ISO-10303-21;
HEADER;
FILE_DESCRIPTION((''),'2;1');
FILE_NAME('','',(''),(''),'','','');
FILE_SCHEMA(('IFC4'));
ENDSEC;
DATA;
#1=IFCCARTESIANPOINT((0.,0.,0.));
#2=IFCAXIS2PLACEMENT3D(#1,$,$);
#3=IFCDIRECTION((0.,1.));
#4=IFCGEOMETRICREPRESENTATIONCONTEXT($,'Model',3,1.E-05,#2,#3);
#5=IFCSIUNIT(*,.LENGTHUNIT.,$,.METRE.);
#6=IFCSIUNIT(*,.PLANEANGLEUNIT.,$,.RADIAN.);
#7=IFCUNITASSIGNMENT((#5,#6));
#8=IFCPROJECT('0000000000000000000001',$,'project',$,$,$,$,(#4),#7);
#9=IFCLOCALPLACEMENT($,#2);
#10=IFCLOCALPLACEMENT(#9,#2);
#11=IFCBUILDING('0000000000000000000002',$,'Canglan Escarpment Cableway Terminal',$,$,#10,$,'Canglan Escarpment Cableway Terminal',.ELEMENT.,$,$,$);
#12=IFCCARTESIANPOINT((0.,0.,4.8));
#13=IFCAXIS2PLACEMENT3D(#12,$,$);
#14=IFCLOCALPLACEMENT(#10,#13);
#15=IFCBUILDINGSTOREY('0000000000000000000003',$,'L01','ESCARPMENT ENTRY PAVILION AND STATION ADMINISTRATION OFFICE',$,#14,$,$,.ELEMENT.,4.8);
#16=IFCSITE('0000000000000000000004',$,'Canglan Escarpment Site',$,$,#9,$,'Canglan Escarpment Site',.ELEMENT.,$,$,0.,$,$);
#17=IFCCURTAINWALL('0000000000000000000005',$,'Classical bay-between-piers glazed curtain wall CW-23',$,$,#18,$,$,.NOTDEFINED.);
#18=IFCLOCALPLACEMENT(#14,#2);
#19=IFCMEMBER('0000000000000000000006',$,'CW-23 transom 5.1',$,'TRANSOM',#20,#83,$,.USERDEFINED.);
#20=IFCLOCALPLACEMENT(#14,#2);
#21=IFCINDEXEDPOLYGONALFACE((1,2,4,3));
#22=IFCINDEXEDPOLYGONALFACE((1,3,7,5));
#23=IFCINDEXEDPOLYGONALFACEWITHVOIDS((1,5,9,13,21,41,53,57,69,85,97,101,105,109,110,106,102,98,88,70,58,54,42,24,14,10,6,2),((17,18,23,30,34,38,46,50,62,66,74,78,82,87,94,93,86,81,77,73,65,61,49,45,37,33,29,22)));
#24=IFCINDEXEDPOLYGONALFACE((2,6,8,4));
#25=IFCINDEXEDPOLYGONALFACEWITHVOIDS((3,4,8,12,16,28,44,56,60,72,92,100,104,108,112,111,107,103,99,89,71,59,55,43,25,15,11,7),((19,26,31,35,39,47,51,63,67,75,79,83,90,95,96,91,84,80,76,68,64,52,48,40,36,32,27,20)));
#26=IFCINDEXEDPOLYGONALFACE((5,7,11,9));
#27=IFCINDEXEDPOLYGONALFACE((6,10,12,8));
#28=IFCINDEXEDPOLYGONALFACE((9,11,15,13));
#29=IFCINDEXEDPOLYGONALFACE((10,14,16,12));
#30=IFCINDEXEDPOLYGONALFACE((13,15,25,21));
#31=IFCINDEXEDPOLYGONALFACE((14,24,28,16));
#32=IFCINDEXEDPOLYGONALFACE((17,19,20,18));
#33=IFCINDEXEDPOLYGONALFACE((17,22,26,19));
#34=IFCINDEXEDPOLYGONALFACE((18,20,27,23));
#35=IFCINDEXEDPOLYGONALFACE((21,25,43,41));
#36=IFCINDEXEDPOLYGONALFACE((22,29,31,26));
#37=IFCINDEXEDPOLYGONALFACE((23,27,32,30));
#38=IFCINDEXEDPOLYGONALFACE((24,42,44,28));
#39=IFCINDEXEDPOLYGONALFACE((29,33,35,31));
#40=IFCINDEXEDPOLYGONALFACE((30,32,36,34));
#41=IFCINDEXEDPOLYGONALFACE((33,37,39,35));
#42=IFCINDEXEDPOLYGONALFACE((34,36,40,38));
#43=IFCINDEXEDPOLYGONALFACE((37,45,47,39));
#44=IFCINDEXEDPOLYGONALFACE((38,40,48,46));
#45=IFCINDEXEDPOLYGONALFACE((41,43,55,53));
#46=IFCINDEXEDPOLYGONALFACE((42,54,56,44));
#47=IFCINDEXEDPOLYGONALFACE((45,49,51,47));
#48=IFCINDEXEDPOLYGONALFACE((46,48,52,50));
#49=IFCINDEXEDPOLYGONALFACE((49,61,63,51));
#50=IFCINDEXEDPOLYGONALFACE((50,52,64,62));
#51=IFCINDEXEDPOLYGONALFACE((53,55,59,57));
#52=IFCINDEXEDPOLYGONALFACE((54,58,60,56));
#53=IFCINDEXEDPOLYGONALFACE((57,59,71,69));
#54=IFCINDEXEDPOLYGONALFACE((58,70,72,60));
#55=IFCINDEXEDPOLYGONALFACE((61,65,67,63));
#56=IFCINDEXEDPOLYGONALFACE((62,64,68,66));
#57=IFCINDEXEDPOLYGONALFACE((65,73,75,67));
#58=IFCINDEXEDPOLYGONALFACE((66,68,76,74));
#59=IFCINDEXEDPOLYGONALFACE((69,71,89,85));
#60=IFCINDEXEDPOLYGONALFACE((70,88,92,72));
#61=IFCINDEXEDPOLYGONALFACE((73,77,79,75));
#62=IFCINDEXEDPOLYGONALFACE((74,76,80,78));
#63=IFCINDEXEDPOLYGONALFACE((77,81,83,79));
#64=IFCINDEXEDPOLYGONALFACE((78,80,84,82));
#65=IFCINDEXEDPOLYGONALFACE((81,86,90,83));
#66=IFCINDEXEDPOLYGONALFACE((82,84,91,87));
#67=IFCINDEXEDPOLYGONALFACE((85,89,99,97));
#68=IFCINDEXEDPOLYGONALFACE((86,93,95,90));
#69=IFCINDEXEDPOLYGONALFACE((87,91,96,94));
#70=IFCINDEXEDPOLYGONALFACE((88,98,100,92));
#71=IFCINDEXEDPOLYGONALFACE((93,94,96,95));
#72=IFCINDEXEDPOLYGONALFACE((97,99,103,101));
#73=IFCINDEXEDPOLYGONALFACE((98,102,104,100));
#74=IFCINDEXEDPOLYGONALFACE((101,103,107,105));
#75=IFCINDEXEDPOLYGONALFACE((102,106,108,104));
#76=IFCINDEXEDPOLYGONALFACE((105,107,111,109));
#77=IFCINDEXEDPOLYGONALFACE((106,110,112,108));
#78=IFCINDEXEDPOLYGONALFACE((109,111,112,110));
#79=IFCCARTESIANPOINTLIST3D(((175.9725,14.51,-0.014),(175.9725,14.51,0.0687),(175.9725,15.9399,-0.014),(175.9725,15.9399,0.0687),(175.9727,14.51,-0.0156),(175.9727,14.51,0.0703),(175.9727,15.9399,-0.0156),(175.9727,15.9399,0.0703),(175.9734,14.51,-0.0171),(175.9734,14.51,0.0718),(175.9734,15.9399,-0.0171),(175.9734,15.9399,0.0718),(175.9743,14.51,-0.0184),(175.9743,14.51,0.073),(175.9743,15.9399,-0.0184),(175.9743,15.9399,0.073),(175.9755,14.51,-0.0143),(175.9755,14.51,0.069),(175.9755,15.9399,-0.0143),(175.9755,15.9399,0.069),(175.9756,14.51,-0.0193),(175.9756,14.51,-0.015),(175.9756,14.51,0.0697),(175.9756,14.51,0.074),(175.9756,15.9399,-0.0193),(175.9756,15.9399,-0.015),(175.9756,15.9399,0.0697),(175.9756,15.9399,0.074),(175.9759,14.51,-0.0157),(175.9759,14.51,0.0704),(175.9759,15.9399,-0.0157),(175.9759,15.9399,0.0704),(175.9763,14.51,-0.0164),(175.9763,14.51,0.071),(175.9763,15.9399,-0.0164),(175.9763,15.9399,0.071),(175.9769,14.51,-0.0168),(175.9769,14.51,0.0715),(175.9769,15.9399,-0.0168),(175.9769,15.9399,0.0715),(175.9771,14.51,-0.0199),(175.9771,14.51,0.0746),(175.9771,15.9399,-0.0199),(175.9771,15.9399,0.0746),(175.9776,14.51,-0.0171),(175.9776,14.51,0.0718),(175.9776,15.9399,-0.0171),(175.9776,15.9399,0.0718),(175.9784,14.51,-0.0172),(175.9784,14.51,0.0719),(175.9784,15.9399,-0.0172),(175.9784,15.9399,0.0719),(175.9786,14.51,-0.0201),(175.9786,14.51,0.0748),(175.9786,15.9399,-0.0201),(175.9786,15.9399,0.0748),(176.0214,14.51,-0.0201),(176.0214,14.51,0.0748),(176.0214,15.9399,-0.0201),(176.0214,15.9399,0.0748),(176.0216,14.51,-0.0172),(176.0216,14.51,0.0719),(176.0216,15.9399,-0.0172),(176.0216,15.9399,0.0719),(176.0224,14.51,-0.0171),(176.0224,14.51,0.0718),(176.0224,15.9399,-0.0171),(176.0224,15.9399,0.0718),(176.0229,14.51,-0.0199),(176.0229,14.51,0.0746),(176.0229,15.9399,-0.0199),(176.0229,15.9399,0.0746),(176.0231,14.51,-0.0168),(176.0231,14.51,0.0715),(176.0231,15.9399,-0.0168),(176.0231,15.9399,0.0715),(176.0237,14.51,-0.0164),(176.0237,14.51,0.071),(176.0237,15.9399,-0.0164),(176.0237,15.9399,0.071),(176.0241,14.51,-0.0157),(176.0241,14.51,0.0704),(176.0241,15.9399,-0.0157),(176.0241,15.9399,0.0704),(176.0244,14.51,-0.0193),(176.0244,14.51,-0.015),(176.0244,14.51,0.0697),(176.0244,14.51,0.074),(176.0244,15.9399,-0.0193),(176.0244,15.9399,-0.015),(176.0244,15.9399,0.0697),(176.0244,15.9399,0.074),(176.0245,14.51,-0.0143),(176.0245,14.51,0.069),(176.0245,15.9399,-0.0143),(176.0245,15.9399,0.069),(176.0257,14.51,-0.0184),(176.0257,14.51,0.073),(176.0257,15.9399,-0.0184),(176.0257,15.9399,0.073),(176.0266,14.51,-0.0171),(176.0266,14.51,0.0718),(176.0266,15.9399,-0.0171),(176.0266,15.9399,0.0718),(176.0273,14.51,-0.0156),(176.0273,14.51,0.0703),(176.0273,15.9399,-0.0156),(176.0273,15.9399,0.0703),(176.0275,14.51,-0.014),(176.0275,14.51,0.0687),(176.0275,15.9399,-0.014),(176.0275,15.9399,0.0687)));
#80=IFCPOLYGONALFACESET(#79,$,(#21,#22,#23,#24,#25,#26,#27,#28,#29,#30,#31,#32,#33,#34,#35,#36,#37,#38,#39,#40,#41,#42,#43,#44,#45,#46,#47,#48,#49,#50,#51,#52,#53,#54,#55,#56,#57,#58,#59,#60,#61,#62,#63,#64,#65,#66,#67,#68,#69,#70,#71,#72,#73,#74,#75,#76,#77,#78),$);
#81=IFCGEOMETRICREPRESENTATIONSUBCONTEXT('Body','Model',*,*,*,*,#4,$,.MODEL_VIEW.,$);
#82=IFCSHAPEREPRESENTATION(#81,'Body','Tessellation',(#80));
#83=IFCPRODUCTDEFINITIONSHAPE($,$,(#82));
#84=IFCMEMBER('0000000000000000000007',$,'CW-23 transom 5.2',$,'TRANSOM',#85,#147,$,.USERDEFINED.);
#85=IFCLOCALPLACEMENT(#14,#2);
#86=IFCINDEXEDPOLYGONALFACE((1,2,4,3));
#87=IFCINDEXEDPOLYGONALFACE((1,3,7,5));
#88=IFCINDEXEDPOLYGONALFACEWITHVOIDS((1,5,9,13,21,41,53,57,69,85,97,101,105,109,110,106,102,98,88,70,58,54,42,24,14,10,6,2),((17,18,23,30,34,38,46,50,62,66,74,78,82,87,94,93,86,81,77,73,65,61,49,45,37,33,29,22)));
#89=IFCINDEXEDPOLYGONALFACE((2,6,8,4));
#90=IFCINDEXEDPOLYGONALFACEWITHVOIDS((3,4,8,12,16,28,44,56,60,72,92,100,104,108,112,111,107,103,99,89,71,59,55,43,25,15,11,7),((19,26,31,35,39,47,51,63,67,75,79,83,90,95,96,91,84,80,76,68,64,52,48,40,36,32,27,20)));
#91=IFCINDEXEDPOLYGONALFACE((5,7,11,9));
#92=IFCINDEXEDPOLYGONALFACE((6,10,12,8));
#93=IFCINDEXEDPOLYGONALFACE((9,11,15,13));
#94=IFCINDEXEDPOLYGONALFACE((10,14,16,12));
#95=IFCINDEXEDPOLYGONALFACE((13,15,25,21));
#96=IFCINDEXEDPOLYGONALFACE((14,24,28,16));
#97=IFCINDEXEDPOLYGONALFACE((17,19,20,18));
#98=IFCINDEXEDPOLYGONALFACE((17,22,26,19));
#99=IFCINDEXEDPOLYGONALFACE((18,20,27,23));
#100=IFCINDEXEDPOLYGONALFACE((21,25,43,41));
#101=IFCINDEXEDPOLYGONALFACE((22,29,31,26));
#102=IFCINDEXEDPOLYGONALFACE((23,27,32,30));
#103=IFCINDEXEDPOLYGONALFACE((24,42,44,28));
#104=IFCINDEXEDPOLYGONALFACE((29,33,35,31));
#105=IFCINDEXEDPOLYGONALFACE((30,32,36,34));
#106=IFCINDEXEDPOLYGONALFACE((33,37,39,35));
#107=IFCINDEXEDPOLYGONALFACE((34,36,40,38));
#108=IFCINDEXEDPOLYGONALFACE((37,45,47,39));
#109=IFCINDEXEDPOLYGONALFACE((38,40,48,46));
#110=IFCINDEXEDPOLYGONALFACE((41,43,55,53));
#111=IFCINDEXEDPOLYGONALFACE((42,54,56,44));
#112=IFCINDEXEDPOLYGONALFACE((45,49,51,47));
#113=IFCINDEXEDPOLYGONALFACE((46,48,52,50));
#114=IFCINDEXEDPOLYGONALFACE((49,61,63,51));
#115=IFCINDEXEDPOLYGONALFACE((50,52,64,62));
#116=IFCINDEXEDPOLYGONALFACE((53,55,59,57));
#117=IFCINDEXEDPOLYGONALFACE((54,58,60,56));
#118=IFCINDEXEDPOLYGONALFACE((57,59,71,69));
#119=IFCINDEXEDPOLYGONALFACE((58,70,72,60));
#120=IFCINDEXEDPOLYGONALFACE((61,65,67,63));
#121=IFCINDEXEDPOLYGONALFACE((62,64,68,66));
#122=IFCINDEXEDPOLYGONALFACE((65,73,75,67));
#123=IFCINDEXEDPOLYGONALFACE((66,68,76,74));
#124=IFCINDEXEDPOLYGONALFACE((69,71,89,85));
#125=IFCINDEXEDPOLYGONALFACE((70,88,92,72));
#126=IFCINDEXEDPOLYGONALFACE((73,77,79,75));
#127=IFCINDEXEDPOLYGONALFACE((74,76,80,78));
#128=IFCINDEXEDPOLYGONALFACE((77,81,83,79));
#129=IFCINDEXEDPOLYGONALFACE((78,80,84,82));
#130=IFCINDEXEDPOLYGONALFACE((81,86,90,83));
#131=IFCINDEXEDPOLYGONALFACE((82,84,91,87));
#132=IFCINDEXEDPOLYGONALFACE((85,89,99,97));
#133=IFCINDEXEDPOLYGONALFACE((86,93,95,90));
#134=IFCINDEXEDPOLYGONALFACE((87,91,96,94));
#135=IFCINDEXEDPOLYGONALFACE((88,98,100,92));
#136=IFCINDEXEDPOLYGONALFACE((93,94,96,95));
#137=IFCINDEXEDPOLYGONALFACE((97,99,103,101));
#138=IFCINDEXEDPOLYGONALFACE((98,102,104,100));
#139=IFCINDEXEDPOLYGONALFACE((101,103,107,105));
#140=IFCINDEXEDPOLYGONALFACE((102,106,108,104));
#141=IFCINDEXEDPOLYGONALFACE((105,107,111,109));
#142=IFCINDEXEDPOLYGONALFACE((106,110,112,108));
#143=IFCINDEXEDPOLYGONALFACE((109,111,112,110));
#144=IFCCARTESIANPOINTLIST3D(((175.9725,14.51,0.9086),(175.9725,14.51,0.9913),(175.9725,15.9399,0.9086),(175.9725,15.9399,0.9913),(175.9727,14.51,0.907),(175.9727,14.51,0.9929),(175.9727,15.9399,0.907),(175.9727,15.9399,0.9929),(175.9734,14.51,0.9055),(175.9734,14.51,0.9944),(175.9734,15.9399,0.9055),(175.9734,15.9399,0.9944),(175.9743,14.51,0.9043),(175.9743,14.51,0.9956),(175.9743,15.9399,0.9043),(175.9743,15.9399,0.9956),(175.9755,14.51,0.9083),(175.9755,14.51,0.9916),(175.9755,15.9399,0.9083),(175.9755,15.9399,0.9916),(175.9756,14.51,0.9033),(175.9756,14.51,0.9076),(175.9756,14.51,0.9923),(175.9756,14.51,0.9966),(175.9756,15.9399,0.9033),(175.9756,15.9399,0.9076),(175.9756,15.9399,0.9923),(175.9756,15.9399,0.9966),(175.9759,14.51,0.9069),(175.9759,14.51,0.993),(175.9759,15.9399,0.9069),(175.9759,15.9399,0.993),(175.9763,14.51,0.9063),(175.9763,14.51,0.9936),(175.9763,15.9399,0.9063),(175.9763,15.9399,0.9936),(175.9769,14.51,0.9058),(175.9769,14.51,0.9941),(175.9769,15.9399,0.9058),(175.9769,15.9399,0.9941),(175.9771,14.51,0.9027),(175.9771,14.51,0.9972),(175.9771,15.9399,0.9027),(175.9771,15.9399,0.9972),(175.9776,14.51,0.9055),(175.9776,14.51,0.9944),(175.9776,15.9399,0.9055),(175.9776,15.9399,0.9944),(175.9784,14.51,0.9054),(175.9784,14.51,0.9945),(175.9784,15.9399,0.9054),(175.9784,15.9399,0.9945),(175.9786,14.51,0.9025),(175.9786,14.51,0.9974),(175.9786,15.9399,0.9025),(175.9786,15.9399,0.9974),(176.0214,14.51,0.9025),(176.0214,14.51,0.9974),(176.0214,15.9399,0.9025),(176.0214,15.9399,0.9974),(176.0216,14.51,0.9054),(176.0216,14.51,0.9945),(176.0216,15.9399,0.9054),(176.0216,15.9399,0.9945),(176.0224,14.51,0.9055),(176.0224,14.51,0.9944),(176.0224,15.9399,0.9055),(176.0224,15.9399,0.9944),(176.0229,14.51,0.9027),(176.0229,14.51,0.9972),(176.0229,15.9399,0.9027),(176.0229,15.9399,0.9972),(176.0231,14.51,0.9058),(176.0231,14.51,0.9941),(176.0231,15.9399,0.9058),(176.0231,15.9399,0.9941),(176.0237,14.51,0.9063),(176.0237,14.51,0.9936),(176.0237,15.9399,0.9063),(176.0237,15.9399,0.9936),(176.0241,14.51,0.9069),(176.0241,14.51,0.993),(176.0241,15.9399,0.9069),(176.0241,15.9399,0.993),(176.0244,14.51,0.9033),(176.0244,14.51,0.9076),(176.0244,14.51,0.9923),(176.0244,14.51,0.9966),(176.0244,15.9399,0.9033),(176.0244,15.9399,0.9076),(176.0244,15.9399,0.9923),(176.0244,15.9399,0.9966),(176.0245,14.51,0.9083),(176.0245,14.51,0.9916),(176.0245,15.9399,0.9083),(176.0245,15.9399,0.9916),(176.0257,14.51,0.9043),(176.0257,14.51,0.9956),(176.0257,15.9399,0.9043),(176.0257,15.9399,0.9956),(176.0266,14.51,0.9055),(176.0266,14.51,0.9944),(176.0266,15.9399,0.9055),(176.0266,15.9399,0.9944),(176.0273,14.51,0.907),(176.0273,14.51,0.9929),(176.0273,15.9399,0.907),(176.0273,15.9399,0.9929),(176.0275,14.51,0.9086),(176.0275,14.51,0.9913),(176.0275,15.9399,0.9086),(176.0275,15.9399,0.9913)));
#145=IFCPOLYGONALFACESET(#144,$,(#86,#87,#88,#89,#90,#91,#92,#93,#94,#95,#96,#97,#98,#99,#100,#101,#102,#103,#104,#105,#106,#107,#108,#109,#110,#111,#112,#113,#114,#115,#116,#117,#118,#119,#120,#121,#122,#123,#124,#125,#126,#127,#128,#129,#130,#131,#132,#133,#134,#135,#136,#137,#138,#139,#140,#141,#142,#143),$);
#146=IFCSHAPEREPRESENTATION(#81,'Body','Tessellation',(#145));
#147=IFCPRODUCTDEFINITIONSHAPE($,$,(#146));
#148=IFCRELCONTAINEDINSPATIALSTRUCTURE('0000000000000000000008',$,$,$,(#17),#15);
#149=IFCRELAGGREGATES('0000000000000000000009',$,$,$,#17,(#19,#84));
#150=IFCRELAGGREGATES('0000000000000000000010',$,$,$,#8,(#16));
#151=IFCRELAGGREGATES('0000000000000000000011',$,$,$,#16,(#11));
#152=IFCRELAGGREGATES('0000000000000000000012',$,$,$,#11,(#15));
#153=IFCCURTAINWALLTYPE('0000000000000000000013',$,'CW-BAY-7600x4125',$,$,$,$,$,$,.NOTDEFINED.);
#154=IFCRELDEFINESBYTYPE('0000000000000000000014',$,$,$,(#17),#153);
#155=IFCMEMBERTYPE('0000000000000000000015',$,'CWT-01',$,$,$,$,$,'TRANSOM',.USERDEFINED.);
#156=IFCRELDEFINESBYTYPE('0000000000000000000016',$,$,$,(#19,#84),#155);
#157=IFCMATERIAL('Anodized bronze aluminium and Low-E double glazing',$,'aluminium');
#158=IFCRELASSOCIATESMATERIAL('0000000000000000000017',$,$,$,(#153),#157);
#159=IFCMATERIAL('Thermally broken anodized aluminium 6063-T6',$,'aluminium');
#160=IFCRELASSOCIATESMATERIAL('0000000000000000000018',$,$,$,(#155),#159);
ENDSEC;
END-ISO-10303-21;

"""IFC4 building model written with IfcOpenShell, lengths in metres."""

from ifc_helpers import new_model, si_unit, direction, frame, origin, origin_2d, place, context, subcontext, project, spatial, hollow_rectangle, extrude, material, material_profile, profile_set, type_object, element, aggregate, save


model = new_model("IFC4")

# Units and contexts
model_context = context("Model", 3, precision=1e-05, world=origin(), true_north=direction((0.0, 1.0)))
body_context = subcontext(model_context, "Body", "Model", "MODEL_VIEW")
ifc_project = project(units=[si_unit("LENGTHUNIT", "METRE"), si_unit("PLANEANGLEUNIT", "RADIAN")], contexts=[model_context])

# Site, building, storey
site_placement = place(None, origin())
site = spatial("IfcSite", under=ifc_project, at=site_placement, Name="Canglan Escarpment Site", LongName="Canglan Escarpment Site", CompositionType="ELEMENT", RefElevation=0.0)
building_placement = place(site_placement, origin())
building = spatial("IfcBuilding", under=site, at=building_placement, Name="Canglan Escarpment Cableway Terminal", LongName="Canglan Escarpment Cableway Terminal", CompositionType="ELEMENT")
storey_placement = place(building_placement, frame((0.0, 0.0, 4.8)))
storey = spatial("IfcBuildingStorey", under=building, at=storey_placement, Name="L01", Description="ESCARPMENT ENTRY PAVILION AND STATION ADMINISTRATION OFFICE", CompositionType="ELEMENT", Elevation=4.8)

# Curtain wall, members
ifc_material_1 = material(Name="Anodized bronze aluminium and Low-E double glazing", Category="aluminium")
curtain_wall_type = type_object("IfcCurtainWallType", Name="CW-BAY-7600x4125", PredefinedType="NOTDEFINED", material=ifc_material_1)
curtain_wall_placement = place(storey_placement, origin())
curtain_wall = element("IfcCurtainWall", 1, at=curtain_wall_placement, inside=storey, type_object=curtain_wall_type, Name="Classical bay-between-piers glazed curtain wall CW-23", PredefinedType="NOTDEFINED")
ifc_material_2 = material(Name="Thermally broken anodized aluminium 6063-T6", Category="aluminium")
ifc_material_profile_1 = material_profile(ifc_material_2, hollow_rectangle(XDim=0.0549, YDim=0.095, WallThickness=0.0029, InnerFilletRadius=0.0029, OuterFilletRadius=0.0061, at=origin_2d()), Name="ALU-TRAN 55x95x3")
ifc_profile_set_1 = profile_set([ifc_material_profile_1], Name="Thermally broken anodized aluminium 6063-T6")
member_type_1 = type_object("IfcMemberType", Name="CWT-01", ElementType="TRANSOM", PredefinedType="USERDEFINED", material=ifc_profile_set_1)
member_1_placement = place(storey_placement, frame((176.0, 14.51, 0.0273), z_axis=(0.0, 1.0, 0.0), x_axis=(-1.0, 0.0, 0.0)))
member_1 = element("IfcMember", 2, at=member_1_placement, type_object=member_type_1, Name="CW-23 transom 5.1", ObjectType="TRANSOM", PredefinedType="USERDEFINED", context=body_context, shape_type="SweptSolid", body=[
    extrude(hollow_rectangle(XDim=0.0549, YDim=0.095, WallThickness=0.0029, InnerFilletRadius=0.0029, OuterFilletRadius=0.0061, at=origin_2d()), origin(), (0.0, 0.0, 1.0), 1.4299),
])
member_2_placement = place(storey_placement, frame((176.0, 14.51, 0.95), z_axis=(0.0, 1.0, 0.0), x_axis=(-1.0, 0.0, 0.0)))
member_2 = element("IfcMember", 3, at=member_2_placement, type_object=member_type_1, Name="CW-23 transom 5.2", ObjectType="TRANSOM", PredefinedType="USERDEFINED", context=body_context, shape_type="SweptSolid", body=[
    extrude(hollow_rectangle(XDim=0.0549, YDim=0.095, WallThickness=0.0029, InnerFilletRadius=0.0029, OuterFilletRadius=0.0061, at=origin_2d()), origin(), (0.0, 0.0, 1.0), 1.4299),
])

aggregate(curtain_wall, [member_1, member_2])

save(model, "model.ifc")
